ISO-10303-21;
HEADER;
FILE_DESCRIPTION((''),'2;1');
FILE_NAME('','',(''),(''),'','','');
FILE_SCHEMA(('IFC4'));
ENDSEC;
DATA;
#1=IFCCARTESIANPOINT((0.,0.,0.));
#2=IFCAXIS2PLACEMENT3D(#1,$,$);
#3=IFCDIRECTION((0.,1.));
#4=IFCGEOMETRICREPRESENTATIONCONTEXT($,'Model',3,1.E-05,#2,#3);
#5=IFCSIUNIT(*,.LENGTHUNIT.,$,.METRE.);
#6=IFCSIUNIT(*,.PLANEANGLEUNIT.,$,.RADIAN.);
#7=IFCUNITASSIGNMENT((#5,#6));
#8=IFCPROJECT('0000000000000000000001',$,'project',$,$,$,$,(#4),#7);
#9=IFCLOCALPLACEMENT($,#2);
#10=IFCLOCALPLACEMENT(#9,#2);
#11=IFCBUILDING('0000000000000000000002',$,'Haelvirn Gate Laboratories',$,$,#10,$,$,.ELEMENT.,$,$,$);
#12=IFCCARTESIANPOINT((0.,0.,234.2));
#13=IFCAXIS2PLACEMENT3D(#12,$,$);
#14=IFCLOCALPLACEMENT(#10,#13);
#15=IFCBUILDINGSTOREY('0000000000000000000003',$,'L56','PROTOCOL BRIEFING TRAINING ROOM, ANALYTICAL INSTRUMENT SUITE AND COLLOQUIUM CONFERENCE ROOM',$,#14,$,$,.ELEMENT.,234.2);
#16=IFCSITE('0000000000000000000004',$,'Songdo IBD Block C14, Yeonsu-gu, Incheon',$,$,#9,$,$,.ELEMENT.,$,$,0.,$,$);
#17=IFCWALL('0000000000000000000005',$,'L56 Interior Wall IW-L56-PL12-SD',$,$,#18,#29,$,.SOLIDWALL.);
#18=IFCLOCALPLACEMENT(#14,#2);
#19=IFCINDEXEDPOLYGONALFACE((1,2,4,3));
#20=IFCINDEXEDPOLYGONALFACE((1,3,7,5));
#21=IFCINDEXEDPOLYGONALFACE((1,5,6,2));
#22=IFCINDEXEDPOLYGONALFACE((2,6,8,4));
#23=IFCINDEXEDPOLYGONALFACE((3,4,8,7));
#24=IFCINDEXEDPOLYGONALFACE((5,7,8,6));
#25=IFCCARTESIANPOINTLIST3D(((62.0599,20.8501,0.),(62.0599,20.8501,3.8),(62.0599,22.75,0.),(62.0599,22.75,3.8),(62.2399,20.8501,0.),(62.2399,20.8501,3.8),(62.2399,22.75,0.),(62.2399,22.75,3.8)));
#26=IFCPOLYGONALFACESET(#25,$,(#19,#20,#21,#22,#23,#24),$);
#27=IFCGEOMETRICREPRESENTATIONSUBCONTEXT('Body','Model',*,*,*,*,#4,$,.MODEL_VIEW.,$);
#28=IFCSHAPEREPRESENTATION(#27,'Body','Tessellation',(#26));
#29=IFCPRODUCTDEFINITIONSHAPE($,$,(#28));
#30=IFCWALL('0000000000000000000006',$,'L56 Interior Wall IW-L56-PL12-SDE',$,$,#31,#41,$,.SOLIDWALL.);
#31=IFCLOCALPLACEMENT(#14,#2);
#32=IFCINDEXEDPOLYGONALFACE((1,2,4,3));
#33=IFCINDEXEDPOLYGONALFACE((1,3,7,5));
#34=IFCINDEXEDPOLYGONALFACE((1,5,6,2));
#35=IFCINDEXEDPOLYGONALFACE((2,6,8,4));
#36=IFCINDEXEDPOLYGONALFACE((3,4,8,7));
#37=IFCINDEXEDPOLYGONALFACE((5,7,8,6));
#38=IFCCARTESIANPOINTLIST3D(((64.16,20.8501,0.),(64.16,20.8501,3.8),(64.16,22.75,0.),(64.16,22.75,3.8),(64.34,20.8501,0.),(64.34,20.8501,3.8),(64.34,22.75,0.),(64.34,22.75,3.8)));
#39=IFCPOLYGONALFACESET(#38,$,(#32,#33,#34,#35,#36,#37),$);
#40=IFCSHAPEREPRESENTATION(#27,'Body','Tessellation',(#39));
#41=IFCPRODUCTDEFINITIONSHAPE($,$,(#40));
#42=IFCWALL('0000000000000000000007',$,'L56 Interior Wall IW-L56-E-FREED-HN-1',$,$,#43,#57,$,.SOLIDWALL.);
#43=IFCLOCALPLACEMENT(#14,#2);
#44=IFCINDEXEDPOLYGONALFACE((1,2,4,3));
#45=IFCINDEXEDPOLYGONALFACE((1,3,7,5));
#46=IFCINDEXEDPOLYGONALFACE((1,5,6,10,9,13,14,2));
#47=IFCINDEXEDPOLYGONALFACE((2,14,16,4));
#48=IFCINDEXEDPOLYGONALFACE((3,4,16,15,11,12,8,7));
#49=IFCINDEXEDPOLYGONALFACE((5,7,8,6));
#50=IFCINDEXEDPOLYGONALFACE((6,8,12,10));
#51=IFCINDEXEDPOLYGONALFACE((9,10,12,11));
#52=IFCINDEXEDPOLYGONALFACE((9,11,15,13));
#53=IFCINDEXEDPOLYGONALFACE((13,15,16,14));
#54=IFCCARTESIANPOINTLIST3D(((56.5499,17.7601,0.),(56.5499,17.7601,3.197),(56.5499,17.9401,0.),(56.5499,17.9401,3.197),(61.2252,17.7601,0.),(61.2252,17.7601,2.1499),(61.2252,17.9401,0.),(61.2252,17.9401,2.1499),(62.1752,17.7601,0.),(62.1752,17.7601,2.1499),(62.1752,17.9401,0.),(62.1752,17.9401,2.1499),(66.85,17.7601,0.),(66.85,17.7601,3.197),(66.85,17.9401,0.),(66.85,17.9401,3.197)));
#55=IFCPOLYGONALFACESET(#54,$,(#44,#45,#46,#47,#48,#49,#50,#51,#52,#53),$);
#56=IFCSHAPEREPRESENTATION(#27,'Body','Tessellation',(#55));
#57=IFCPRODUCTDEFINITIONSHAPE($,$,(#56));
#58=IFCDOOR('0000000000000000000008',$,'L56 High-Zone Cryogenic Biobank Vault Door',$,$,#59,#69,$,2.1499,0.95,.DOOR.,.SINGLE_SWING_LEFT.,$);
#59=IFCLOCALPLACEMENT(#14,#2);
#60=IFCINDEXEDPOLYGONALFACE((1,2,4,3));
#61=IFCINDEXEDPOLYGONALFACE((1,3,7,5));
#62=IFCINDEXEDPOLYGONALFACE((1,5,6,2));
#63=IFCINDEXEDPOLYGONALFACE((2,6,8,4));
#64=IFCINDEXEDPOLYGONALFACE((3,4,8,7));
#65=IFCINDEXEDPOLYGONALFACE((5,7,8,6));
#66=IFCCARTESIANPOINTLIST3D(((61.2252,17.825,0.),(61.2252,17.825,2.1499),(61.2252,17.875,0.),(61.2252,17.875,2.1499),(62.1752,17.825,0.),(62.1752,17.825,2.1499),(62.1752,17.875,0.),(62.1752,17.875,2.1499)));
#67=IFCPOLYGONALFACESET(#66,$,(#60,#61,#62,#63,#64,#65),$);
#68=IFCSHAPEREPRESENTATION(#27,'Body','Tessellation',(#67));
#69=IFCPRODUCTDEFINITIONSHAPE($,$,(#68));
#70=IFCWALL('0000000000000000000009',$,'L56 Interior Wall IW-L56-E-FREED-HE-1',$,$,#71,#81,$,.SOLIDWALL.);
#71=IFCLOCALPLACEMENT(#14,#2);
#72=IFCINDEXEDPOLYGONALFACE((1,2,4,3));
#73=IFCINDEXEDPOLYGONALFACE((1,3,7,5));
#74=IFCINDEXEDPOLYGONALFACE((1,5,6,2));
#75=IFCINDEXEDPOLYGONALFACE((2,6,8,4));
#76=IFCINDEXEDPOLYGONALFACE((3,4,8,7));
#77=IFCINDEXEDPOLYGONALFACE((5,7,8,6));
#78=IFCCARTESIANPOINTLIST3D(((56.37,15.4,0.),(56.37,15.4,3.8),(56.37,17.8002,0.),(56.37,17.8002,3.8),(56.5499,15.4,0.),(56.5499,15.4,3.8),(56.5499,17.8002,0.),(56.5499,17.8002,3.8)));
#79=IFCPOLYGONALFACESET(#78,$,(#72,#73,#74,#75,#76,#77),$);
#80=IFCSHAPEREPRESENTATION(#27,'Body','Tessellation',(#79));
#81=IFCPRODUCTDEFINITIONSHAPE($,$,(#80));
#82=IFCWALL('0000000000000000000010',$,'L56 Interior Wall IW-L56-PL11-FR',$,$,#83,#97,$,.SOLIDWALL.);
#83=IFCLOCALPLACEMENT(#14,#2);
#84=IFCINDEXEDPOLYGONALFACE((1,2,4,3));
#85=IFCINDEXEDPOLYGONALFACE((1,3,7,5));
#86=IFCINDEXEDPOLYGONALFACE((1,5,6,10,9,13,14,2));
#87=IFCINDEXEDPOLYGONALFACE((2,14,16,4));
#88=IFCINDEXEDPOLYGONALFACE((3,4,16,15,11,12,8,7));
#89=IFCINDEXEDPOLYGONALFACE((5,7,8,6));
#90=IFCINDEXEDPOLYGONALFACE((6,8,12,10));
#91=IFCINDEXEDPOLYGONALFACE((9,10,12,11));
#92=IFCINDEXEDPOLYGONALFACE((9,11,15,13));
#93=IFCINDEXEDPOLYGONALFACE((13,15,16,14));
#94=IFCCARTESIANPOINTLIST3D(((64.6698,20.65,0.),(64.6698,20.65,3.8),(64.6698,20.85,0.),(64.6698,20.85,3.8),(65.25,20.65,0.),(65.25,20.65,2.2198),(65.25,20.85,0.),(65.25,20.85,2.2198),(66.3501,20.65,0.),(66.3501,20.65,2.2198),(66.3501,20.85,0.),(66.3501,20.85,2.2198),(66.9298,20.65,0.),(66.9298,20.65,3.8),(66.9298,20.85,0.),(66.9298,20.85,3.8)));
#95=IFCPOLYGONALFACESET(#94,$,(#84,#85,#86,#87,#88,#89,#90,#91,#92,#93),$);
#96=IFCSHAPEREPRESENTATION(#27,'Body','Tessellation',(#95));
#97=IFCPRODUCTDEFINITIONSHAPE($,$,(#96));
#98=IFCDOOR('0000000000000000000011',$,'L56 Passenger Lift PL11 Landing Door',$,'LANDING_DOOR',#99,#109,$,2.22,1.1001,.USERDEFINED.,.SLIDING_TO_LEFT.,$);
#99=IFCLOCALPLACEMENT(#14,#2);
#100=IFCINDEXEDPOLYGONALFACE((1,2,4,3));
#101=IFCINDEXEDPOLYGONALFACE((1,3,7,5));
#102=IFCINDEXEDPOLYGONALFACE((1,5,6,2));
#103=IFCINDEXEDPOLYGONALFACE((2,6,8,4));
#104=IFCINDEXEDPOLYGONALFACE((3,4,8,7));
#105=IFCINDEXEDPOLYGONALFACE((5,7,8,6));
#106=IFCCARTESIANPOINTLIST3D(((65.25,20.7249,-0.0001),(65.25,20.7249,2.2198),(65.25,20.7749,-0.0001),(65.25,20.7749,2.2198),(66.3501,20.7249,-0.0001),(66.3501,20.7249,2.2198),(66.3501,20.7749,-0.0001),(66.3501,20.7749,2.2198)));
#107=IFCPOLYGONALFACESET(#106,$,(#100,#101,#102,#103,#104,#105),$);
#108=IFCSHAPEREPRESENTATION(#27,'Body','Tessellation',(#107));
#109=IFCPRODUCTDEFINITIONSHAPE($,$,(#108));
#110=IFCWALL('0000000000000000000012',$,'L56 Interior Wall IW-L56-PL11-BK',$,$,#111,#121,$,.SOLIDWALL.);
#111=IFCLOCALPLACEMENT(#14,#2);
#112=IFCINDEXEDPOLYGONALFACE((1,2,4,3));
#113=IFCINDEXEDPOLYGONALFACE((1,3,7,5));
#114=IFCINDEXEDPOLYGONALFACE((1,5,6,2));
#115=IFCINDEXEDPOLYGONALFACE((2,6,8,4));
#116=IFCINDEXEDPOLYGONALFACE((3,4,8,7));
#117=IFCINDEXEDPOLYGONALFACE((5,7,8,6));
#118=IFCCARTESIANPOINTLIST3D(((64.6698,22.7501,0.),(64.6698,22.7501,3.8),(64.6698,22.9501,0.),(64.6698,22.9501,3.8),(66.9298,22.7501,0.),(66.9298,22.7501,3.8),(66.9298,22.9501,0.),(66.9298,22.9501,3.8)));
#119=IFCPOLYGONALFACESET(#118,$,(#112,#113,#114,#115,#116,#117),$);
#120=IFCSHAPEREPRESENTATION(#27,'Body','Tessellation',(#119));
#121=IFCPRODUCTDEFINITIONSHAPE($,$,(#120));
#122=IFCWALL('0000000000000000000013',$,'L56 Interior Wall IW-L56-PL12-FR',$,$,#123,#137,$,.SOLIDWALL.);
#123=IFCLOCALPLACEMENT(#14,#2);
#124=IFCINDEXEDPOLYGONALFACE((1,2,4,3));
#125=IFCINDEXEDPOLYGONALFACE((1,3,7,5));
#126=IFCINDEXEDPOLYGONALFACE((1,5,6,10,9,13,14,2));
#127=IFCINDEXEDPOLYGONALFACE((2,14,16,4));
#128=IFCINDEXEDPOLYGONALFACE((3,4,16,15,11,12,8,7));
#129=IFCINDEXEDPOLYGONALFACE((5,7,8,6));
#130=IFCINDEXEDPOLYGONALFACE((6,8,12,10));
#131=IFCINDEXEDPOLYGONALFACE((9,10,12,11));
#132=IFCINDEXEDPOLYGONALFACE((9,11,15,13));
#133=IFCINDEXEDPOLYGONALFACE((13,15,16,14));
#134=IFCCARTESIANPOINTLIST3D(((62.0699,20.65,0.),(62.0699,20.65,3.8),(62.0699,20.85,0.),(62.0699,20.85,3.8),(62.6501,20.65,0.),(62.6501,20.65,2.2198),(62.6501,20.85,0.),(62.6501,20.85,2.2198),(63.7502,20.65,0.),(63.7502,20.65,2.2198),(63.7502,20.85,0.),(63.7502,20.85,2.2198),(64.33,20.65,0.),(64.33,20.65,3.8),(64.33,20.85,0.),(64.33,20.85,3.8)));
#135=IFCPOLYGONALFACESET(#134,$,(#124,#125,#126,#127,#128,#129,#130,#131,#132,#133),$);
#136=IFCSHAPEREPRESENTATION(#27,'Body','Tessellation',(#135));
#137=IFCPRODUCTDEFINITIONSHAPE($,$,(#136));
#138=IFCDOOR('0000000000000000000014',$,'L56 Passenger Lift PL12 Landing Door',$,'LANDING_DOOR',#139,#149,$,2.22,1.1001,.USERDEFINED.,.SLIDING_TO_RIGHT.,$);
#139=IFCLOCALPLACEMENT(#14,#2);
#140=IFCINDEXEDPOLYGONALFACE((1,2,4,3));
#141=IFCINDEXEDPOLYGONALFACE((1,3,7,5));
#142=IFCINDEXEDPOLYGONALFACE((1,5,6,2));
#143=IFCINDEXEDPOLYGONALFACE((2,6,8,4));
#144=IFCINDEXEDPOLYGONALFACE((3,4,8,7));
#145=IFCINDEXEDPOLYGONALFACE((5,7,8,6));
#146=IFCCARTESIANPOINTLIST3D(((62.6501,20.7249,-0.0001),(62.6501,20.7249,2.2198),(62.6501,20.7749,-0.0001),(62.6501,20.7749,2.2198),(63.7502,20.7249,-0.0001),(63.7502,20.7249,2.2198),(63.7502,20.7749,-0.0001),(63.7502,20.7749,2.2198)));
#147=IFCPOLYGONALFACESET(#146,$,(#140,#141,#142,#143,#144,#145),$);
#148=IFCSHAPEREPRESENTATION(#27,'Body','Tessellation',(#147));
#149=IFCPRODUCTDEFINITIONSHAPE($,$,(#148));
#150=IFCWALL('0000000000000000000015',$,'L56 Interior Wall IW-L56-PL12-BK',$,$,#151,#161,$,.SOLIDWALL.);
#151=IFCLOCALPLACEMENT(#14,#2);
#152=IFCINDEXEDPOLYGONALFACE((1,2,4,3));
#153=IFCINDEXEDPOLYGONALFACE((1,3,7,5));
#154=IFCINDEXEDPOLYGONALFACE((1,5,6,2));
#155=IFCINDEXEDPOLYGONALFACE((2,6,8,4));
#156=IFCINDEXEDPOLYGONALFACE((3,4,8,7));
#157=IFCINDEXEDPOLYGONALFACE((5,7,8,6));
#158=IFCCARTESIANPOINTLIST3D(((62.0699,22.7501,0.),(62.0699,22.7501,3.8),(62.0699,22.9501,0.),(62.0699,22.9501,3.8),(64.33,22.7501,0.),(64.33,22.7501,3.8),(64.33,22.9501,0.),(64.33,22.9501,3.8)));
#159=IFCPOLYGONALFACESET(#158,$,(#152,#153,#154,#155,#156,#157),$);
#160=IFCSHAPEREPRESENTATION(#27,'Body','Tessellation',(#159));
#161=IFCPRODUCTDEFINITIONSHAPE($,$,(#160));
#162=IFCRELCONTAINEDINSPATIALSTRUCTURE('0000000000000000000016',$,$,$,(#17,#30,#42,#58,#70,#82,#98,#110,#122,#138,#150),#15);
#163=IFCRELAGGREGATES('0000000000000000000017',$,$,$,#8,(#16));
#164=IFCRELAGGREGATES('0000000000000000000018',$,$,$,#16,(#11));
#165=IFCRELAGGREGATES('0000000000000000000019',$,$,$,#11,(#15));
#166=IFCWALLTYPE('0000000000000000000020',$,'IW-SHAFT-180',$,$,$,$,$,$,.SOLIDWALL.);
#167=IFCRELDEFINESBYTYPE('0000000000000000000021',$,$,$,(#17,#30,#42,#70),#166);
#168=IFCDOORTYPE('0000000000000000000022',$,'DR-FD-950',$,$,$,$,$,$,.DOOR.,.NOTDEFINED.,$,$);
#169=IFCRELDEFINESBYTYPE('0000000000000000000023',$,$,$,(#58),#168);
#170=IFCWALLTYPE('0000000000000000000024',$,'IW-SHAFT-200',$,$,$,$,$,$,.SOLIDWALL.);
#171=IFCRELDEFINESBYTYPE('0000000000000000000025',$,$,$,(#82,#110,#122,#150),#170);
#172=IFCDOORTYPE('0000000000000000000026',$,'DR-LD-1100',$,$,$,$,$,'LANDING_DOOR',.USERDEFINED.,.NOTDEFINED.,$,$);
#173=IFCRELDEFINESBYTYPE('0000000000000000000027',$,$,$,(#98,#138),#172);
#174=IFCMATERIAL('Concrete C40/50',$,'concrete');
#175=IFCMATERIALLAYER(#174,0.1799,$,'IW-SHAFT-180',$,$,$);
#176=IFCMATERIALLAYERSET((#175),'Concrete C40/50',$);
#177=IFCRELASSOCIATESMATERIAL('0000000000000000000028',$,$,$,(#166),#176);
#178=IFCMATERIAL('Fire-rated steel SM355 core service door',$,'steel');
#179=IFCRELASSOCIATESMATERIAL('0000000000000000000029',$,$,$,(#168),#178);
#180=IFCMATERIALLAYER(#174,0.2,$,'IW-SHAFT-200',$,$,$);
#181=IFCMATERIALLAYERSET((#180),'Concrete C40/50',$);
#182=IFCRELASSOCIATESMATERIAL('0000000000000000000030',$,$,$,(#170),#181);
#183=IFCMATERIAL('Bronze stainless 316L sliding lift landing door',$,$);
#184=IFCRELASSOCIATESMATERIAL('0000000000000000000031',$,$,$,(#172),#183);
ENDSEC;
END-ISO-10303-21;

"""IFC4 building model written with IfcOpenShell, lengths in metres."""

from ifc_helpers import new_model, si_unit, direction, frame, frame_2d, origin, place, context, subcontext, project, spatial, rectangle, extrude, source, transform, mapped, material, layer, layer_set, type_object, type_shapes, element, fill, save


model = new_model("IFC4")

# Units and contexts
model_context = context("Model", 3, precision=1e-05, world=origin(), true_north=direction((0.0, 1.0)))
body_context = subcontext(model_context, "Body", "Model", "MODEL_VIEW")
ifc_project = project(units=[si_unit("LENGTHUNIT", "METRE"), si_unit("PLANEANGLEUNIT", "RADIAN")], contexts=[model_context])

# Site, building, storey
site_placement = place(None, origin())
site = spatial("IfcSite", under=ifc_project, at=site_placement, Name="Songdo IBD Block C14, Yeonsu-gu, Incheon", CompositionType="ELEMENT", RefElevation=0.0)
building_placement = place(site_placement, origin())
building = spatial("IfcBuilding", under=site, at=building_placement, Name="Haelvirn Gate Laboratories", CompositionType="ELEMENT")
storey_placement = place(building_placement, frame((0.0, 0.0, 234.2)))
storey = spatial("IfcBuildingStorey", under=building, at=storey_placement, Name="L56", Description="PROTOCOL BRIEFING TRAINING ROOM, ANALYTICAL INSTRUMENT SUITE AND COLLOQUIUM CONFERENCE ROOM", CompositionType="ELEMENT", Elevation=234.2)

# Walls
ifc_material_1 = material(Name="Concrete C40/50", Category="concrete")
ifc_layer_1 = layer(ifc_material_1, 0.1799, Name="IW-SHAFT-180")
ifc_layer_set_1 = layer_set([ifc_layer_1], Name="Concrete C40/50")
wall_type_1 = type_object("IfcWallType", Name="IW-SHAFT-180", PredefinedType="SOLIDWALL", material=ifc_layer_set_1)
for number, where, z_axis, x_axis, name in (
    (1, (62.1499, 20.8501, 0.0), (0.0, 0.0, 1.0), (0.0, 1.0, 0.0), "L56 Interior Wall IW-L56-PL12-SD"),
    (2, (64.25, 20.8501, 0.0), (0.0, 0.0, 1.0), (0.0, 1.0, 0.0), "L56 Interior Wall IW-L56-PL12-SDE"),
):
    element("IfcWall", number, at=place(storey_placement, frame(where, z_axis=z_axis, x_axis=x_axis)), inside=storey, type_object=wall_type_1, Name=name, PredefinedType="SOLIDWALL", context=body_context, shape_type="SweptSolid", body=[
        extrude(rectangle(XDim=1.8999, YDim=0.1799, at=frame_2d((0.95, 0.0))), origin(), (0.0, 0.0, 1.0), 3.8),
    ])

# Wall, opening, door
wall_1_placement = place(storey_placement, frame((56.55, 17.8501, 0.0), z_axis=(0.0, 0.0, 1.0), x_axis=(1.0, 0.0, 0.0)))
wall_1 = element("IfcWall", 3, at=wall_1_placement, inside=storey, type_object=wall_type_1, Name="L56 Interior Wall IW-L56-E-FREED-HN-1", PredefinedType="SOLIDWALL", context=body_context, shape_type="SweptSolid", body=[
    extrude(rectangle(XDim=10.3, YDim=0.1799, at=frame_2d((5.1499, 0.0))), origin(), (0.0, 0.0, 1.0), 3.197),
])
opening_1_placement = place(wall_1_placement, frame((4.675, 0.0, 0.0)))
opening_1 = element("IfcOpeningElement", 4, at=opening_1_placement, cuts=wall_1, PredefinedType="OPENING", context=body_context, shape_type="SweptSolid", body=[
    extrude(rectangle(XDim=0.95, YDim=2.1499, at=frame_2d((0.4751, 1.075))), frame((0.0, 0.1001, 0.0), z_axis=(0.0, -1.0, 0.0), x_axis=(1.0, 0.0, 0.0)), (0.0, 0.0, 1.0), 0.2),
])
ifc_material_2 = material(Name="Fire-rated steel SM355 core service door", Category="steel")
door_type_1 = type_object("IfcDoorType", Name="DR-FD-950", OperationType="NOTDEFINED", PredefinedType="DOOR", material=ifc_material_2)
shared_shape_1 = source(origin(), body_context, "Body", "SweptSolid", [
    extrude(rectangle(XDim=0.95, YDim=2.1499, at=frame_2d((0.4751, 1.075))), frame((0.0, 0.0249, 0.0), z_axis=(0.0, -1.0, 0.0), x_axis=(1.0, 0.0, 0.0)), (0.0, 0.0, 1.0), 0.05),
])
type_shapes(door_type_1, [shared_shape_1])
door_1_placement = place(opening_1_placement, origin())
door_1 = element("IfcDoor", 5, at=door_1_placement, inside=storey, type_object=door_type_1, Name="L56 High-Zone Cryogenic Biobank Vault Door", OperationType="SINGLE_SWING_LEFT", OverallHeight=2.1499, OverallWidth=0.95, PredefinedType="DOOR", context=body_context, shape_type="MappedRepresentation", body=[
    mapped(shared_shape_1, transform((0.0, 0.0, 0.0), scale=1.0)),
])
fill(opening_1, door_1)

# Wall
wall_2_placement = place(storey_placement, frame((56.46, 15.3999, 0.0), z_axis=(0.0, 0.0, 1.0), x_axis=(0.0, 1.0, 0.0)))
element("IfcWall", 6, at=wall_2_placement, inside=storey, type_object=wall_type_1, Name="L56 Interior Wall IW-L56-E-FREED-HE-1", PredefinedType="SOLIDWALL", context=body_context, shape_type="SweptSolid", body=[
    extrude(rectangle(XDim=2.4001, YDim=0.1799, at=frame_2d((1.2002, 0.0))), origin(), (0.0, 0.0, 1.0), 3.8),
])

# Wall, opening, door
ifc_layer_2 = layer(ifc_material_1, 0.2, Name="IW-SHAFT-200")
ifc_layer_set_2 = layer_set([ifc_layer_2], Name="Concrete C40/50")
wall_type_2 = type_object("IfcWallType", Name="IW-SHAFT-200", PredefinedType="SOLIDWALL", material=ifc_layer_set_2)
wall_3_placement = place(storey_placement, frame((64.6699, 20.75, 0.0), z_axis=(0.0, 0.0, 1.0), x_axis=(1.0, 0.0, 0.0)))
wall_3 = element("IfcWall", 7, at=wall_3_placement, inside=storey, type_object=wall_type_2, Name="L56 Interior Wall IW-L56-PL11-FR", PredefinedType="SOLIDWALL", context=body_context, shape_type="SweptSolid", body=[
    extrude(rectangle(XDim=2.26, YDim=0.2, at=frame_2d((1.1299, 0.0))), origin(), (0.0, 0.0, 1.0), 3.8),
])
opening_2_placement = place(wall_3_placement, frame((0.5801, 0.0, 0.0)))
opening_2 = element("IfcOpeningElement", 8, at=opening_2_placement, cuts=wall_3, PredefinedType="OPENING", context=body_context, shape_type="SweptSolid", body=[
    extrude(rectangle(XDim=1.1001, YDim=2.22, at=frame_2d((0.55, 1.1099))), frame((0.0, 0.1099, 0.0), z_axis=(0.0, -1.0, 0.0), x_axis=(1.0, 0.0, 0.0)), (0.0, 0.0, 1.0), 0.22),
])
ifc_material_3 = material(Name="Bronze stainless 316L sliding lift landing door")
door_type_2 = type_object("IfcDoorType", Name="DR-LD-1100", ElementType="LANDING_DOOR", OperationType="NOTDEFINED", PredefinedType="USERDEFINED", material=ifc_material_3)
shared_shape_2 = source(origin(), body_context, "Body", "SweptSolid", [
    extrude(rectangle(XDim=1.1001, YDim=2.22, at=frame_2d((0.55, 1.1099))), frame((0.0, 0.0249, 0.0), z_axis=(0.0, -1.0, 0.0), x_axis=(1.0, 0.0, 0.0)), (0.0, 0.0, 1.0), 0.05),
])
type_shapes(door_type_2, [shared_shape_2])
door_2_placement = place(opening_2_placement, origin())
door_2 = element("IfcDoor", 9, at=door_2_placement, inside=storey, type_object=door_type_2, Name="L56 Passenger Lift PL11 Landing Door", ObjectType="LANDING_DOOR", OperationType="SLIDING_TO_LEFT", OverallHeight=2.22, OverallWidth=1.1001, PredefinedType="USERDEFINED", context=body_context, shape_type="MappedRepresentation", body=[
    mapped(shared_shape_2, transform((0.0, 0.0, 0.0), scale=1.0)),
])
fill(opening_2, door_2)

# Wall
wall_4_placement = place(storey_placement, frame((64.6699, 22.8501, 0.0), z_axis=(0.0, 0.0, 1.0), x_axis=(1.0, 0.0, 0.0)))
element("IfcWall", 10, at=wall_4_placement, inside=storey, type_object=wall_type_2, Name="L56 Interior Wall IW-L56-PL11-BK", PredefinedType="SOLIDWALL", context=body_context, shape_type="SweptSolid", body=[
    extrude(rectangle(XDim=2.26, YDim=0.2, at=frame_2d((1.1299, 0.0))), origin(), (0.0, 0.0, 1.0), 3.8),
])

# Wall, opening, door
wall_5_placement = place(storey_placement, frame((62.0701, 20.75, 0.0), z_axis=(0.0, 0.0, 1.0), x_axis=(1.0, 0.0, 0.0)))
wall_5 = element("IfcWall", 11, at=wall_5_placement, inside=storey, type_object=wall_type_2, Name="L56 Interior Wall IW-L56-PL12-FR", PredefinedType="SOLIDWALL", context=body_context, shape_type="SweptSolid", body=[
    extrude(rectangle(XDim=2.26, YDim=0.2, at=frame_2d((1.1299, 0.0))), origin(), (0.0, 0.0, 1.0), 3.8),
])
opening_3_placement = place(wall_5_placement, frame((0.5801, 0.0, 0.0)))
opening_3 = element("IfcOpeningElement", 12, at=opening_3_placement, cuts=wall_5, PredefinedType="OPENING", context=body_context, shape_type="SweptSolid", body=[
    extrude(rectangle(XDim=1.1001, YDim=2.22, at=frame_2d((0.55, 1.1099))), frame((0.0, 0.1099, 0.0), z_axis=(0.0, -1.0, 0.0), x_axis=(1.0, 0.0, 0.0)), (0.0, 0.0, 1.0), 0.22),
])
door_3_placement = place(opening_3_placement, origin())
door_3 = element("IfcDoor", 13, at=door_3_placement, inside=storey, type_object=door_type_2, Name="L56 Passenger Lift PL12 Landing Door", ObjectType="LANDING_DOOR", OperationType="SLIDING_TO_RIGHT", OverallHeight=2.22, OverallWidth=1.1001, PredefinedType="USERDEFINED", context=body_context, shape_type="MappedRepresentation", body=[
    mapped(shared_shape_2, transform((0.0, 0.0, 0.0), scale=1.0)),
])
fill(opening_3, door_3)

# Wall
wall_6_placement = place(storey_placement, frame((62.0701, 22.8501, 0.0), z_axis=(0.0, 0.0, 1.0), x_axis=(1.0, 0.0, 0.0)))
element("IfcWall", 14, at=wall_6_placement, inside=storey, type_object=wall_type_2, Name="L56 Interior Wall IW-L56-PL12-BK", PredefinedType="SOLIDWALL", context=body_context, shape_type="SweptSolid", body=[
    extrude(rectangle(XDim=2.26, YDim=0.2, at=frame_2d((1.1299, 0.0))), origin(), (0.0, 0.0, 1.0), 3.8),
])

save(model, "model.ifc")
